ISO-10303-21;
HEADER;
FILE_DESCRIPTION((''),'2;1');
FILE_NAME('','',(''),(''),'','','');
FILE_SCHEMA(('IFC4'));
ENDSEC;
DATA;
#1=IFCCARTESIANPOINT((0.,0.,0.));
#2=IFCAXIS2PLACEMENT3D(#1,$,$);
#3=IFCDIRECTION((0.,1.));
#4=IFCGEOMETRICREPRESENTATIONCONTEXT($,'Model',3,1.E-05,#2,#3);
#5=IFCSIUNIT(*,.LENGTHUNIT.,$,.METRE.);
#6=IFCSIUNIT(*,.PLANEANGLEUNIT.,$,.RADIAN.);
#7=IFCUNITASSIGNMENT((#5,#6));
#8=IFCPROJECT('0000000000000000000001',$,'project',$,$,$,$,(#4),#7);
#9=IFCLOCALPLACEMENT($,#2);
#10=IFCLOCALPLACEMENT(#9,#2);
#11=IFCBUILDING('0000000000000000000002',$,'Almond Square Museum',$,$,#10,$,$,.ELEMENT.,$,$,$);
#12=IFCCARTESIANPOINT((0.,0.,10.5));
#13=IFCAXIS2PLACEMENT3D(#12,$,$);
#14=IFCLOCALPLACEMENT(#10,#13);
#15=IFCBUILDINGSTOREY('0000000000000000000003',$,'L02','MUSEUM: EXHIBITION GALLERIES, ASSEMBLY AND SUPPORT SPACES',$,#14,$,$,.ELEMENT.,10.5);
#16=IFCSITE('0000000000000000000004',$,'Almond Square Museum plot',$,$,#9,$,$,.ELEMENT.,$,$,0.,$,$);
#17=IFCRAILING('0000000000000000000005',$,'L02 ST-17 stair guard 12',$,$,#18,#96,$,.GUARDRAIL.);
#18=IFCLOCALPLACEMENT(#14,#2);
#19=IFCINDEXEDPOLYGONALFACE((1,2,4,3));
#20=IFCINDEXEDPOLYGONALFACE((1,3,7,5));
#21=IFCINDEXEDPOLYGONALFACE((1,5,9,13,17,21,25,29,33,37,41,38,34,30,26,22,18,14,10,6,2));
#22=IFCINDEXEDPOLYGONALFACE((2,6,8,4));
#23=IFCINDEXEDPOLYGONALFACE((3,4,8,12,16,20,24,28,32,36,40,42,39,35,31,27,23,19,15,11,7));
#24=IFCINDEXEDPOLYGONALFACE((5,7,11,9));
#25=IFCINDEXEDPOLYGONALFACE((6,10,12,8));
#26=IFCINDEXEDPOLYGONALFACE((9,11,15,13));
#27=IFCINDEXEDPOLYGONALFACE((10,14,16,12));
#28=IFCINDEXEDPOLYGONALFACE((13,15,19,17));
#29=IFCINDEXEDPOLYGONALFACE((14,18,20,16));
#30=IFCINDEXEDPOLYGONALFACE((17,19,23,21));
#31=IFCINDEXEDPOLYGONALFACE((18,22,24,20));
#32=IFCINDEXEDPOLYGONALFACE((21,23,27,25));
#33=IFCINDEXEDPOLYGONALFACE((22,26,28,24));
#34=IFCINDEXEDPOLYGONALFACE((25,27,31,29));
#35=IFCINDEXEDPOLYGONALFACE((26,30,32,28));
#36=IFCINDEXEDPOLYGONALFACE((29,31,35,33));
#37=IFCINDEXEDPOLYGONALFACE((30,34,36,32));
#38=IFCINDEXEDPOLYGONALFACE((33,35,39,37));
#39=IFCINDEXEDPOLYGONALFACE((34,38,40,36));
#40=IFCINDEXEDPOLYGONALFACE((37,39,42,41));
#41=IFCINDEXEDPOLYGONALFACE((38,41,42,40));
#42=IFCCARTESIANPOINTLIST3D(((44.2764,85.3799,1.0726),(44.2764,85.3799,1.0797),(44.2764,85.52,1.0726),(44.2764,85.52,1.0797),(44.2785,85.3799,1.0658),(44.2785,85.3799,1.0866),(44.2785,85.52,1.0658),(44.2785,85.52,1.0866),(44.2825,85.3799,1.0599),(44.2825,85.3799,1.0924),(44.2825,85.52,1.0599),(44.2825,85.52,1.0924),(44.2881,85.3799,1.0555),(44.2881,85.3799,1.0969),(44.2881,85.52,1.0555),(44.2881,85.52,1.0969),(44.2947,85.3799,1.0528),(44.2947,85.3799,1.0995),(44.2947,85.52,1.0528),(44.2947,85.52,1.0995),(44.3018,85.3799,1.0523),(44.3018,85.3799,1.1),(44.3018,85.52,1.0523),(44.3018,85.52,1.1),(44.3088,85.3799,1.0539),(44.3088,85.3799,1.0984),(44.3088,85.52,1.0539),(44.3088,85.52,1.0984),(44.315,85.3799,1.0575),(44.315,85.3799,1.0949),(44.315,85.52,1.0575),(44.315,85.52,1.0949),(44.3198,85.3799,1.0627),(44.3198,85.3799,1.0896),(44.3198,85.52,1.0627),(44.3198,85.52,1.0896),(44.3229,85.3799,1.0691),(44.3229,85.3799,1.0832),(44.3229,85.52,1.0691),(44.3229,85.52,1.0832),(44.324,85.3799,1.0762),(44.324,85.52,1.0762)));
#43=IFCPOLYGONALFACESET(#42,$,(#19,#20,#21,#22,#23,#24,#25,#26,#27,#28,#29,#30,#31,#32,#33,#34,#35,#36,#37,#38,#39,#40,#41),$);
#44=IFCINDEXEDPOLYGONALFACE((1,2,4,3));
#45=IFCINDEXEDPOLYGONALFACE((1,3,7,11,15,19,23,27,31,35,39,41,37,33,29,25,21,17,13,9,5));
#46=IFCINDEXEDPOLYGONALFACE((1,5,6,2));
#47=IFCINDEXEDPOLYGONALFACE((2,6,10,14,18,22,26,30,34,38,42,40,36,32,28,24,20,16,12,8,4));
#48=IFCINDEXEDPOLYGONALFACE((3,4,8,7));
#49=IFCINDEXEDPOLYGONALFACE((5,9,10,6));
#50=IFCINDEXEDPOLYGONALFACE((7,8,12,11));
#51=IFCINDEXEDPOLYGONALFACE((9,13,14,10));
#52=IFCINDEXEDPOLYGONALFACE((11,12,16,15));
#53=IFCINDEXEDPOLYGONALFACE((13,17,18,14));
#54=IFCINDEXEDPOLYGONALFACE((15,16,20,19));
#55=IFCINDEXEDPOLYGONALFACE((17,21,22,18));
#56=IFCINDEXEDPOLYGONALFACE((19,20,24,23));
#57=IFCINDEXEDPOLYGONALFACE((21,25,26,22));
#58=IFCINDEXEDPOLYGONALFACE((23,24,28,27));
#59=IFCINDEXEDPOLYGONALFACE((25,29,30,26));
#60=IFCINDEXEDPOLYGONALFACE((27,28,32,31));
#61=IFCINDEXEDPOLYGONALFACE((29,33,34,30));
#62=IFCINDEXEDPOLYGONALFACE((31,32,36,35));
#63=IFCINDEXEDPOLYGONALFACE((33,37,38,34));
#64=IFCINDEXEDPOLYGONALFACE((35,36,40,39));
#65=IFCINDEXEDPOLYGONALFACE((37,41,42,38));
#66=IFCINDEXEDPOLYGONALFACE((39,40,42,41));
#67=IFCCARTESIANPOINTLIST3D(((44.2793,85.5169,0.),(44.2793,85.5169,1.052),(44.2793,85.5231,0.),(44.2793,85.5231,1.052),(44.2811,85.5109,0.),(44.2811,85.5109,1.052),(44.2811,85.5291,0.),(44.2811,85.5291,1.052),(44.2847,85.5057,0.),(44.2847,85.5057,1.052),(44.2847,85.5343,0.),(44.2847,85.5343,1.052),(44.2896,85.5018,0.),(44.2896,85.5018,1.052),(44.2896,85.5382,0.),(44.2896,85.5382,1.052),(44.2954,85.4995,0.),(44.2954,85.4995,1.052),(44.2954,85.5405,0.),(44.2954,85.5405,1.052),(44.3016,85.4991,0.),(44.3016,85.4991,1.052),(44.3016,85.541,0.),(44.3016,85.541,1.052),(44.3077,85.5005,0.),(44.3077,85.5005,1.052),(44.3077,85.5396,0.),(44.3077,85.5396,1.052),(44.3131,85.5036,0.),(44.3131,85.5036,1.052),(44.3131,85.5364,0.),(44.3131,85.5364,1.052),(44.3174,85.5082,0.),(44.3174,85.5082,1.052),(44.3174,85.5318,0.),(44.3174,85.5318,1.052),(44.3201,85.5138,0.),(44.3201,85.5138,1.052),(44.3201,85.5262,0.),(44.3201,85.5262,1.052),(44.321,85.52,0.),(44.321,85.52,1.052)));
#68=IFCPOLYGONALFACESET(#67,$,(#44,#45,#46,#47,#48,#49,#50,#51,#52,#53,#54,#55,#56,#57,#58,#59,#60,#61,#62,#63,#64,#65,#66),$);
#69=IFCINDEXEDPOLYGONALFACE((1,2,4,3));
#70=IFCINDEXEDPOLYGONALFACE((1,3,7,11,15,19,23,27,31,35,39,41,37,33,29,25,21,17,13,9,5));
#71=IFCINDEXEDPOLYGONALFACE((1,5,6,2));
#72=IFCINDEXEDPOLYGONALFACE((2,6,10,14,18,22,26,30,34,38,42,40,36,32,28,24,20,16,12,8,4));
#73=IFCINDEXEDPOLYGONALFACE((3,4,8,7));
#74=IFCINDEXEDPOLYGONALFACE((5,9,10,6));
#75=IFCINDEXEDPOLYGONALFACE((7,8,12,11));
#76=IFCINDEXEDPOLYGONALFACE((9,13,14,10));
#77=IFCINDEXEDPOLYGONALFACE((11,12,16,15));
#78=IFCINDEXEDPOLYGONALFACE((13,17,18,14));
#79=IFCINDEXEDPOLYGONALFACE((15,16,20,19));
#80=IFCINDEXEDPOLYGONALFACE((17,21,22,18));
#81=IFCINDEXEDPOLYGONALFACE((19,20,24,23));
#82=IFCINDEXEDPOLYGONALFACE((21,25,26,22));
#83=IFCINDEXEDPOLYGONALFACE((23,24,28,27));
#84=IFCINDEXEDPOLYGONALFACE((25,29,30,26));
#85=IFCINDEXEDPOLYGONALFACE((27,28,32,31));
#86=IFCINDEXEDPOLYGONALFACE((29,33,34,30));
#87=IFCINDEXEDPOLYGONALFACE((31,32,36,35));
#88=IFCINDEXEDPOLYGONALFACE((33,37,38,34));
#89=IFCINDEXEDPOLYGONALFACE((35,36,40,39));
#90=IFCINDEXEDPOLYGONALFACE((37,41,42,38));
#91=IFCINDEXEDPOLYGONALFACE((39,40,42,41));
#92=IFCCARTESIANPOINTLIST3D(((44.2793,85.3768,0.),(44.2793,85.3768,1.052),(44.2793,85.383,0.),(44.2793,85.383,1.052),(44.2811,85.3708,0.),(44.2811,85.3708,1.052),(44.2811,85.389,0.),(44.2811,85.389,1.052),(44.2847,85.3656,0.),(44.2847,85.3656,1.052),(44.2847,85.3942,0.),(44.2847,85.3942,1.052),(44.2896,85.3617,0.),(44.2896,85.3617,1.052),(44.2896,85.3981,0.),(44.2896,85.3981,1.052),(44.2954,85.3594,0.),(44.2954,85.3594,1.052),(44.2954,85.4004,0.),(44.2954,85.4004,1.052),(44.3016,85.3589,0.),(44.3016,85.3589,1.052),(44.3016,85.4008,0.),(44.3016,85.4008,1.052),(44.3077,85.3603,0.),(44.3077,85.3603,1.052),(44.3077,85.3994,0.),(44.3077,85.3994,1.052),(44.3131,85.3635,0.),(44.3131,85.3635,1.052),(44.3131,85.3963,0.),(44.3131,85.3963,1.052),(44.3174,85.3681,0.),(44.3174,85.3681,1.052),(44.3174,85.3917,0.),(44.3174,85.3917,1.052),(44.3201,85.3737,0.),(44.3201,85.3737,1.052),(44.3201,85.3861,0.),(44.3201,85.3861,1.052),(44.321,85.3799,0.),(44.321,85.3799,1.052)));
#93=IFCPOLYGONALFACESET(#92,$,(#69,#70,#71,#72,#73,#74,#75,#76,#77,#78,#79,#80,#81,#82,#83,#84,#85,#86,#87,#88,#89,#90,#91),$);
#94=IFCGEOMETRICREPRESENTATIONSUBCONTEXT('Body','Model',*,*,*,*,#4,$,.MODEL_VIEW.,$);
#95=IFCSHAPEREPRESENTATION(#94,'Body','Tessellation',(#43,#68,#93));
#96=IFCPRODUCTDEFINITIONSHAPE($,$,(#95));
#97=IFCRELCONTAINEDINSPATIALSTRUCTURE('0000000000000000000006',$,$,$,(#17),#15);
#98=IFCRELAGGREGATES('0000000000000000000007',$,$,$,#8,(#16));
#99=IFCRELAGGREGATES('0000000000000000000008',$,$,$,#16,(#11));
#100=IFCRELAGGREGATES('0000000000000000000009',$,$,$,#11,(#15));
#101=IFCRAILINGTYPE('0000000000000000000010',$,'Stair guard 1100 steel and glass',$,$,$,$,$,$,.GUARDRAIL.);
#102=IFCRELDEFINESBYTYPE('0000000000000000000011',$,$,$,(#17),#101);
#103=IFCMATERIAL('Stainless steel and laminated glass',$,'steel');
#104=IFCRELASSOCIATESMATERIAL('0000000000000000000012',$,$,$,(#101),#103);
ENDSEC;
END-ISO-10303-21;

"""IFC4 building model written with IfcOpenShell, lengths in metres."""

from ifc_helpers import new_model, si_unit, direction, frame, origin, origin_2d, place, context, subcontext, project, spatial, circle, extrude, material, type_object, element, save


model = new_model("IFC4")

# Units and contexts
model_context = context("Model", 3, precision=1e-05, world=origin(), true_north=direction((0.0, 1.0)))
body_context = subcontext(model_context, "Body", "Model", "MODEL_VIEW")
ifc_project = project(units=[si_unit("LENGTHUNIT", "METRE"), si_unit("PLANEANGLEUNIT", "RADIAN")], contexts=[model_context])

# Site, building, storey
site_placement = place(None, origin())
site = spatial("IfcSite", under=ifc_project, at=site_placement, Name="Almond Square Museum plot", CompositionType="ELEMENT", RefElevation=0.0)
building_placement = place(site_placement, origin())
building = spatial("IfcBuilding", under=site, at=building_placement, Name="Almond Square Museum", CompositionType="ELEMENT")
storey_placement = place(building_placement, frame((0.0, 0.0, 10.5)))
storey = spatial("IfcBuildingStorey", under=building, at=storey_placement, Name="L02", Description="MUSEUM: EXHIBITION GALLERIES, ASSEMBLY AND SUPPORT SPACES", CompositionType="ELEMENT", Elevation=10.5)

# Railing
ifc_material_1 = material(Name="Stainless steel and laminated glass", Category="steel")
railing_type_1 = type_object("IfcRailingType", Name="Stair guard 1100 steel and glass", PredefinedType="GUARDRAIL", material=ifc_material_1)
railing_1_placement = place(storey_placement, frame((44.3, 85.52, 0.0)))
element("IfcRailing", 1, at=railing_1_placement, inside=storey, type_object=railing_type_1, Name="L02 ST-17 stair guard 12", PredefinedType="GUARDRAIL", context=body_context, shape_type="SweptSolid", body=[
    extrude(circle(Radius=0.0239, at=origin_2d()), frame((0.0, 0.0, 1.0762), z_axis=(0.0, -1.0, 0.0), x_axis=(1.0, 0.0, 0.0)), (0.0, 0.0, 1.0), 0.1401),
    extrude(circle(Radius=0.021, at=origin_2d()), origin(), (0.0, 0.0, 1.0), 1.052),
    extrude(circle(Radius=0.021, at=origin_2d()), frame((0.0, -0.1401, 0.0)), (0.0, 0.0, 1.0), 1.052),
])

save(model, "model.ifc")
